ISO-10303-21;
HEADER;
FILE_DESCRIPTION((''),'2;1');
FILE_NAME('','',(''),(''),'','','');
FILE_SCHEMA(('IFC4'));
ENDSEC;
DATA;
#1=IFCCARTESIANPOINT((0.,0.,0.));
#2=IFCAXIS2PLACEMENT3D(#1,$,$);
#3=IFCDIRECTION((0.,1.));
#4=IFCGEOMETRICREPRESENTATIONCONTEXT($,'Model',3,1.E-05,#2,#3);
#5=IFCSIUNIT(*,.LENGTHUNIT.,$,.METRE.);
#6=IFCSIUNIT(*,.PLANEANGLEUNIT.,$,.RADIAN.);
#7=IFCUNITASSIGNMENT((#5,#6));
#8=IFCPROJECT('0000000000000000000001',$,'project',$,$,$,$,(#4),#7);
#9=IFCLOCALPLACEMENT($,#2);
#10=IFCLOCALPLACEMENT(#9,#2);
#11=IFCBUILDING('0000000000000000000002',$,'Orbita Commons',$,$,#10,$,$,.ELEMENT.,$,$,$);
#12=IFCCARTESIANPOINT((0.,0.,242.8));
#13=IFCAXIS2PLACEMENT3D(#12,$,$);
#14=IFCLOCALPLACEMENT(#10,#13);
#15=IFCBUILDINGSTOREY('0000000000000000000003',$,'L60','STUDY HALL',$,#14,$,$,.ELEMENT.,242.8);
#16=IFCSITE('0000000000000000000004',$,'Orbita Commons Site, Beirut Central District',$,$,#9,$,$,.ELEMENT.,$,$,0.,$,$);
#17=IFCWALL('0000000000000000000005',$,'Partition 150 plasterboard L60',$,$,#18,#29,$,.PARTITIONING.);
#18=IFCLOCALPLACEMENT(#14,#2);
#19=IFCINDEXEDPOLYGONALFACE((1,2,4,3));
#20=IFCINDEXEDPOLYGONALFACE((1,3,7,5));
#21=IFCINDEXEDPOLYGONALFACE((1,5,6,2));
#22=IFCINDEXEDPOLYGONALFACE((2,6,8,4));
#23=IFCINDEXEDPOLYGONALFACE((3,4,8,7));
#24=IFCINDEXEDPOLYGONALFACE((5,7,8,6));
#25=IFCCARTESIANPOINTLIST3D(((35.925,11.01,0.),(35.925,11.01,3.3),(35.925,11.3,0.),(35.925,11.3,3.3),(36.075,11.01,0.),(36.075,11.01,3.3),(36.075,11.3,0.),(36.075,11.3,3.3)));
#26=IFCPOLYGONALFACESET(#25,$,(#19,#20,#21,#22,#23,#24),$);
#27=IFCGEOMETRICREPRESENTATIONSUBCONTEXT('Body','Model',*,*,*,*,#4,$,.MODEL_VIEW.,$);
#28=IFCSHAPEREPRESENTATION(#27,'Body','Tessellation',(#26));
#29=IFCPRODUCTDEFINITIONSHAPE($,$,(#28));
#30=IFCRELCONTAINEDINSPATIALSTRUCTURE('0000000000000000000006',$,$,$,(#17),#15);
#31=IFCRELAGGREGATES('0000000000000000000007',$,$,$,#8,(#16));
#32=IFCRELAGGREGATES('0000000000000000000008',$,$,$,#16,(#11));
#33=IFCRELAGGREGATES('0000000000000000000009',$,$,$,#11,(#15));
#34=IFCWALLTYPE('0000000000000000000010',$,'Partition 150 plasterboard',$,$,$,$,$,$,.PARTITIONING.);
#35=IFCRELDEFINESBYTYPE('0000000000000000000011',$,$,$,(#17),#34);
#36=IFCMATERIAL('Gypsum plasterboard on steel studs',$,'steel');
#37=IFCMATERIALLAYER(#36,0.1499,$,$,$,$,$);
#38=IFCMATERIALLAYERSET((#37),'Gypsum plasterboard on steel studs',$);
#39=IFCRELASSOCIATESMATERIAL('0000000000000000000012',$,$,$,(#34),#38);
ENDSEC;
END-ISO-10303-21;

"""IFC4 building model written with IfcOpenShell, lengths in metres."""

from ifc_helpers import new_model, si_unit, direction, frame, frame_2d, origin, place, context, subcontext, project, spatial, rectangle, extrude, material, layer, layer_set, type_object, element, save


model = new_model("IFC4")

# Units and contexts
model_context = context("Model", 3, precision=1e-05, world=origin(), true_north=direction((0.0, 1.0)))
body_context = subcontext(model_context, "Body", "Model", "MODEL_VIEW")
ifc_project = project(units=[si_unit("LENGTHUNIT", "METRE"), si_unit("PLANEANGLEUNIT", "RADIAN")], contexts=[model_context])

# Site, building, storey
site_placement = place(None, origin())
site = spatial("IfcSite", under=ifc_project, at=site_placement, Name="Orbita Commons Site, Beirut Central District", CompositionType="ELEMENT", RefElevation=0.0)
building_placement = place(site_placement, origin())
building = spatial("IfcBuilding", under=site, at=building_placement, Name="Orbita Commons", CompositionType="ELEMENT")
storey_placement = place(building_placement, frame((0.0, 0.0, 242.8)))
storey = spatial("IfcBuildingStorey", under=building, at=storey_placement, Name="L60", Description="STUDY HALL", CompositionType="ELEMENT", Elevation=242.8)

# Shared definitions
ifc_material_1 = material(Name="Gypsum plasterboard on steel studs", Category="steel")
ifc_layer_1 = layer(ifc_material_1, 0.1499)
ifc_layer_set_1 = layer_set([ifc_layer_1], Name="Gypsum plasterboard on steel studs")
wall_type_1 = type_object("IfcWallType", Name="Partition 150 plasterboard", PredefinedType="PARTITIONING", material=ifc_layer_set_1)

# Wall
wall_1_placement = place(storey_placement, frame((36.0, 11.3, 0.0), z_axis=(0.0, 0.0, 1.0), x_axis=(0.0, -1.0, 0.0)))
element("IfcWall", 1, at=wall_1_placement, inside=storey, type_object=wall_type_1, Name="Partition 150 plasterboard L60", PredefinedType="PARTITIONING", context=body_context, shape_type="SweptSolid", body=[
    extrude(rectangle(XDim=0.29, YDim=0.1499, at=frame_2d((0.145, 0.0))), origin(), (0.0, 0.0, 1.0), 3.3),
])

save(model, "model.ifc")
